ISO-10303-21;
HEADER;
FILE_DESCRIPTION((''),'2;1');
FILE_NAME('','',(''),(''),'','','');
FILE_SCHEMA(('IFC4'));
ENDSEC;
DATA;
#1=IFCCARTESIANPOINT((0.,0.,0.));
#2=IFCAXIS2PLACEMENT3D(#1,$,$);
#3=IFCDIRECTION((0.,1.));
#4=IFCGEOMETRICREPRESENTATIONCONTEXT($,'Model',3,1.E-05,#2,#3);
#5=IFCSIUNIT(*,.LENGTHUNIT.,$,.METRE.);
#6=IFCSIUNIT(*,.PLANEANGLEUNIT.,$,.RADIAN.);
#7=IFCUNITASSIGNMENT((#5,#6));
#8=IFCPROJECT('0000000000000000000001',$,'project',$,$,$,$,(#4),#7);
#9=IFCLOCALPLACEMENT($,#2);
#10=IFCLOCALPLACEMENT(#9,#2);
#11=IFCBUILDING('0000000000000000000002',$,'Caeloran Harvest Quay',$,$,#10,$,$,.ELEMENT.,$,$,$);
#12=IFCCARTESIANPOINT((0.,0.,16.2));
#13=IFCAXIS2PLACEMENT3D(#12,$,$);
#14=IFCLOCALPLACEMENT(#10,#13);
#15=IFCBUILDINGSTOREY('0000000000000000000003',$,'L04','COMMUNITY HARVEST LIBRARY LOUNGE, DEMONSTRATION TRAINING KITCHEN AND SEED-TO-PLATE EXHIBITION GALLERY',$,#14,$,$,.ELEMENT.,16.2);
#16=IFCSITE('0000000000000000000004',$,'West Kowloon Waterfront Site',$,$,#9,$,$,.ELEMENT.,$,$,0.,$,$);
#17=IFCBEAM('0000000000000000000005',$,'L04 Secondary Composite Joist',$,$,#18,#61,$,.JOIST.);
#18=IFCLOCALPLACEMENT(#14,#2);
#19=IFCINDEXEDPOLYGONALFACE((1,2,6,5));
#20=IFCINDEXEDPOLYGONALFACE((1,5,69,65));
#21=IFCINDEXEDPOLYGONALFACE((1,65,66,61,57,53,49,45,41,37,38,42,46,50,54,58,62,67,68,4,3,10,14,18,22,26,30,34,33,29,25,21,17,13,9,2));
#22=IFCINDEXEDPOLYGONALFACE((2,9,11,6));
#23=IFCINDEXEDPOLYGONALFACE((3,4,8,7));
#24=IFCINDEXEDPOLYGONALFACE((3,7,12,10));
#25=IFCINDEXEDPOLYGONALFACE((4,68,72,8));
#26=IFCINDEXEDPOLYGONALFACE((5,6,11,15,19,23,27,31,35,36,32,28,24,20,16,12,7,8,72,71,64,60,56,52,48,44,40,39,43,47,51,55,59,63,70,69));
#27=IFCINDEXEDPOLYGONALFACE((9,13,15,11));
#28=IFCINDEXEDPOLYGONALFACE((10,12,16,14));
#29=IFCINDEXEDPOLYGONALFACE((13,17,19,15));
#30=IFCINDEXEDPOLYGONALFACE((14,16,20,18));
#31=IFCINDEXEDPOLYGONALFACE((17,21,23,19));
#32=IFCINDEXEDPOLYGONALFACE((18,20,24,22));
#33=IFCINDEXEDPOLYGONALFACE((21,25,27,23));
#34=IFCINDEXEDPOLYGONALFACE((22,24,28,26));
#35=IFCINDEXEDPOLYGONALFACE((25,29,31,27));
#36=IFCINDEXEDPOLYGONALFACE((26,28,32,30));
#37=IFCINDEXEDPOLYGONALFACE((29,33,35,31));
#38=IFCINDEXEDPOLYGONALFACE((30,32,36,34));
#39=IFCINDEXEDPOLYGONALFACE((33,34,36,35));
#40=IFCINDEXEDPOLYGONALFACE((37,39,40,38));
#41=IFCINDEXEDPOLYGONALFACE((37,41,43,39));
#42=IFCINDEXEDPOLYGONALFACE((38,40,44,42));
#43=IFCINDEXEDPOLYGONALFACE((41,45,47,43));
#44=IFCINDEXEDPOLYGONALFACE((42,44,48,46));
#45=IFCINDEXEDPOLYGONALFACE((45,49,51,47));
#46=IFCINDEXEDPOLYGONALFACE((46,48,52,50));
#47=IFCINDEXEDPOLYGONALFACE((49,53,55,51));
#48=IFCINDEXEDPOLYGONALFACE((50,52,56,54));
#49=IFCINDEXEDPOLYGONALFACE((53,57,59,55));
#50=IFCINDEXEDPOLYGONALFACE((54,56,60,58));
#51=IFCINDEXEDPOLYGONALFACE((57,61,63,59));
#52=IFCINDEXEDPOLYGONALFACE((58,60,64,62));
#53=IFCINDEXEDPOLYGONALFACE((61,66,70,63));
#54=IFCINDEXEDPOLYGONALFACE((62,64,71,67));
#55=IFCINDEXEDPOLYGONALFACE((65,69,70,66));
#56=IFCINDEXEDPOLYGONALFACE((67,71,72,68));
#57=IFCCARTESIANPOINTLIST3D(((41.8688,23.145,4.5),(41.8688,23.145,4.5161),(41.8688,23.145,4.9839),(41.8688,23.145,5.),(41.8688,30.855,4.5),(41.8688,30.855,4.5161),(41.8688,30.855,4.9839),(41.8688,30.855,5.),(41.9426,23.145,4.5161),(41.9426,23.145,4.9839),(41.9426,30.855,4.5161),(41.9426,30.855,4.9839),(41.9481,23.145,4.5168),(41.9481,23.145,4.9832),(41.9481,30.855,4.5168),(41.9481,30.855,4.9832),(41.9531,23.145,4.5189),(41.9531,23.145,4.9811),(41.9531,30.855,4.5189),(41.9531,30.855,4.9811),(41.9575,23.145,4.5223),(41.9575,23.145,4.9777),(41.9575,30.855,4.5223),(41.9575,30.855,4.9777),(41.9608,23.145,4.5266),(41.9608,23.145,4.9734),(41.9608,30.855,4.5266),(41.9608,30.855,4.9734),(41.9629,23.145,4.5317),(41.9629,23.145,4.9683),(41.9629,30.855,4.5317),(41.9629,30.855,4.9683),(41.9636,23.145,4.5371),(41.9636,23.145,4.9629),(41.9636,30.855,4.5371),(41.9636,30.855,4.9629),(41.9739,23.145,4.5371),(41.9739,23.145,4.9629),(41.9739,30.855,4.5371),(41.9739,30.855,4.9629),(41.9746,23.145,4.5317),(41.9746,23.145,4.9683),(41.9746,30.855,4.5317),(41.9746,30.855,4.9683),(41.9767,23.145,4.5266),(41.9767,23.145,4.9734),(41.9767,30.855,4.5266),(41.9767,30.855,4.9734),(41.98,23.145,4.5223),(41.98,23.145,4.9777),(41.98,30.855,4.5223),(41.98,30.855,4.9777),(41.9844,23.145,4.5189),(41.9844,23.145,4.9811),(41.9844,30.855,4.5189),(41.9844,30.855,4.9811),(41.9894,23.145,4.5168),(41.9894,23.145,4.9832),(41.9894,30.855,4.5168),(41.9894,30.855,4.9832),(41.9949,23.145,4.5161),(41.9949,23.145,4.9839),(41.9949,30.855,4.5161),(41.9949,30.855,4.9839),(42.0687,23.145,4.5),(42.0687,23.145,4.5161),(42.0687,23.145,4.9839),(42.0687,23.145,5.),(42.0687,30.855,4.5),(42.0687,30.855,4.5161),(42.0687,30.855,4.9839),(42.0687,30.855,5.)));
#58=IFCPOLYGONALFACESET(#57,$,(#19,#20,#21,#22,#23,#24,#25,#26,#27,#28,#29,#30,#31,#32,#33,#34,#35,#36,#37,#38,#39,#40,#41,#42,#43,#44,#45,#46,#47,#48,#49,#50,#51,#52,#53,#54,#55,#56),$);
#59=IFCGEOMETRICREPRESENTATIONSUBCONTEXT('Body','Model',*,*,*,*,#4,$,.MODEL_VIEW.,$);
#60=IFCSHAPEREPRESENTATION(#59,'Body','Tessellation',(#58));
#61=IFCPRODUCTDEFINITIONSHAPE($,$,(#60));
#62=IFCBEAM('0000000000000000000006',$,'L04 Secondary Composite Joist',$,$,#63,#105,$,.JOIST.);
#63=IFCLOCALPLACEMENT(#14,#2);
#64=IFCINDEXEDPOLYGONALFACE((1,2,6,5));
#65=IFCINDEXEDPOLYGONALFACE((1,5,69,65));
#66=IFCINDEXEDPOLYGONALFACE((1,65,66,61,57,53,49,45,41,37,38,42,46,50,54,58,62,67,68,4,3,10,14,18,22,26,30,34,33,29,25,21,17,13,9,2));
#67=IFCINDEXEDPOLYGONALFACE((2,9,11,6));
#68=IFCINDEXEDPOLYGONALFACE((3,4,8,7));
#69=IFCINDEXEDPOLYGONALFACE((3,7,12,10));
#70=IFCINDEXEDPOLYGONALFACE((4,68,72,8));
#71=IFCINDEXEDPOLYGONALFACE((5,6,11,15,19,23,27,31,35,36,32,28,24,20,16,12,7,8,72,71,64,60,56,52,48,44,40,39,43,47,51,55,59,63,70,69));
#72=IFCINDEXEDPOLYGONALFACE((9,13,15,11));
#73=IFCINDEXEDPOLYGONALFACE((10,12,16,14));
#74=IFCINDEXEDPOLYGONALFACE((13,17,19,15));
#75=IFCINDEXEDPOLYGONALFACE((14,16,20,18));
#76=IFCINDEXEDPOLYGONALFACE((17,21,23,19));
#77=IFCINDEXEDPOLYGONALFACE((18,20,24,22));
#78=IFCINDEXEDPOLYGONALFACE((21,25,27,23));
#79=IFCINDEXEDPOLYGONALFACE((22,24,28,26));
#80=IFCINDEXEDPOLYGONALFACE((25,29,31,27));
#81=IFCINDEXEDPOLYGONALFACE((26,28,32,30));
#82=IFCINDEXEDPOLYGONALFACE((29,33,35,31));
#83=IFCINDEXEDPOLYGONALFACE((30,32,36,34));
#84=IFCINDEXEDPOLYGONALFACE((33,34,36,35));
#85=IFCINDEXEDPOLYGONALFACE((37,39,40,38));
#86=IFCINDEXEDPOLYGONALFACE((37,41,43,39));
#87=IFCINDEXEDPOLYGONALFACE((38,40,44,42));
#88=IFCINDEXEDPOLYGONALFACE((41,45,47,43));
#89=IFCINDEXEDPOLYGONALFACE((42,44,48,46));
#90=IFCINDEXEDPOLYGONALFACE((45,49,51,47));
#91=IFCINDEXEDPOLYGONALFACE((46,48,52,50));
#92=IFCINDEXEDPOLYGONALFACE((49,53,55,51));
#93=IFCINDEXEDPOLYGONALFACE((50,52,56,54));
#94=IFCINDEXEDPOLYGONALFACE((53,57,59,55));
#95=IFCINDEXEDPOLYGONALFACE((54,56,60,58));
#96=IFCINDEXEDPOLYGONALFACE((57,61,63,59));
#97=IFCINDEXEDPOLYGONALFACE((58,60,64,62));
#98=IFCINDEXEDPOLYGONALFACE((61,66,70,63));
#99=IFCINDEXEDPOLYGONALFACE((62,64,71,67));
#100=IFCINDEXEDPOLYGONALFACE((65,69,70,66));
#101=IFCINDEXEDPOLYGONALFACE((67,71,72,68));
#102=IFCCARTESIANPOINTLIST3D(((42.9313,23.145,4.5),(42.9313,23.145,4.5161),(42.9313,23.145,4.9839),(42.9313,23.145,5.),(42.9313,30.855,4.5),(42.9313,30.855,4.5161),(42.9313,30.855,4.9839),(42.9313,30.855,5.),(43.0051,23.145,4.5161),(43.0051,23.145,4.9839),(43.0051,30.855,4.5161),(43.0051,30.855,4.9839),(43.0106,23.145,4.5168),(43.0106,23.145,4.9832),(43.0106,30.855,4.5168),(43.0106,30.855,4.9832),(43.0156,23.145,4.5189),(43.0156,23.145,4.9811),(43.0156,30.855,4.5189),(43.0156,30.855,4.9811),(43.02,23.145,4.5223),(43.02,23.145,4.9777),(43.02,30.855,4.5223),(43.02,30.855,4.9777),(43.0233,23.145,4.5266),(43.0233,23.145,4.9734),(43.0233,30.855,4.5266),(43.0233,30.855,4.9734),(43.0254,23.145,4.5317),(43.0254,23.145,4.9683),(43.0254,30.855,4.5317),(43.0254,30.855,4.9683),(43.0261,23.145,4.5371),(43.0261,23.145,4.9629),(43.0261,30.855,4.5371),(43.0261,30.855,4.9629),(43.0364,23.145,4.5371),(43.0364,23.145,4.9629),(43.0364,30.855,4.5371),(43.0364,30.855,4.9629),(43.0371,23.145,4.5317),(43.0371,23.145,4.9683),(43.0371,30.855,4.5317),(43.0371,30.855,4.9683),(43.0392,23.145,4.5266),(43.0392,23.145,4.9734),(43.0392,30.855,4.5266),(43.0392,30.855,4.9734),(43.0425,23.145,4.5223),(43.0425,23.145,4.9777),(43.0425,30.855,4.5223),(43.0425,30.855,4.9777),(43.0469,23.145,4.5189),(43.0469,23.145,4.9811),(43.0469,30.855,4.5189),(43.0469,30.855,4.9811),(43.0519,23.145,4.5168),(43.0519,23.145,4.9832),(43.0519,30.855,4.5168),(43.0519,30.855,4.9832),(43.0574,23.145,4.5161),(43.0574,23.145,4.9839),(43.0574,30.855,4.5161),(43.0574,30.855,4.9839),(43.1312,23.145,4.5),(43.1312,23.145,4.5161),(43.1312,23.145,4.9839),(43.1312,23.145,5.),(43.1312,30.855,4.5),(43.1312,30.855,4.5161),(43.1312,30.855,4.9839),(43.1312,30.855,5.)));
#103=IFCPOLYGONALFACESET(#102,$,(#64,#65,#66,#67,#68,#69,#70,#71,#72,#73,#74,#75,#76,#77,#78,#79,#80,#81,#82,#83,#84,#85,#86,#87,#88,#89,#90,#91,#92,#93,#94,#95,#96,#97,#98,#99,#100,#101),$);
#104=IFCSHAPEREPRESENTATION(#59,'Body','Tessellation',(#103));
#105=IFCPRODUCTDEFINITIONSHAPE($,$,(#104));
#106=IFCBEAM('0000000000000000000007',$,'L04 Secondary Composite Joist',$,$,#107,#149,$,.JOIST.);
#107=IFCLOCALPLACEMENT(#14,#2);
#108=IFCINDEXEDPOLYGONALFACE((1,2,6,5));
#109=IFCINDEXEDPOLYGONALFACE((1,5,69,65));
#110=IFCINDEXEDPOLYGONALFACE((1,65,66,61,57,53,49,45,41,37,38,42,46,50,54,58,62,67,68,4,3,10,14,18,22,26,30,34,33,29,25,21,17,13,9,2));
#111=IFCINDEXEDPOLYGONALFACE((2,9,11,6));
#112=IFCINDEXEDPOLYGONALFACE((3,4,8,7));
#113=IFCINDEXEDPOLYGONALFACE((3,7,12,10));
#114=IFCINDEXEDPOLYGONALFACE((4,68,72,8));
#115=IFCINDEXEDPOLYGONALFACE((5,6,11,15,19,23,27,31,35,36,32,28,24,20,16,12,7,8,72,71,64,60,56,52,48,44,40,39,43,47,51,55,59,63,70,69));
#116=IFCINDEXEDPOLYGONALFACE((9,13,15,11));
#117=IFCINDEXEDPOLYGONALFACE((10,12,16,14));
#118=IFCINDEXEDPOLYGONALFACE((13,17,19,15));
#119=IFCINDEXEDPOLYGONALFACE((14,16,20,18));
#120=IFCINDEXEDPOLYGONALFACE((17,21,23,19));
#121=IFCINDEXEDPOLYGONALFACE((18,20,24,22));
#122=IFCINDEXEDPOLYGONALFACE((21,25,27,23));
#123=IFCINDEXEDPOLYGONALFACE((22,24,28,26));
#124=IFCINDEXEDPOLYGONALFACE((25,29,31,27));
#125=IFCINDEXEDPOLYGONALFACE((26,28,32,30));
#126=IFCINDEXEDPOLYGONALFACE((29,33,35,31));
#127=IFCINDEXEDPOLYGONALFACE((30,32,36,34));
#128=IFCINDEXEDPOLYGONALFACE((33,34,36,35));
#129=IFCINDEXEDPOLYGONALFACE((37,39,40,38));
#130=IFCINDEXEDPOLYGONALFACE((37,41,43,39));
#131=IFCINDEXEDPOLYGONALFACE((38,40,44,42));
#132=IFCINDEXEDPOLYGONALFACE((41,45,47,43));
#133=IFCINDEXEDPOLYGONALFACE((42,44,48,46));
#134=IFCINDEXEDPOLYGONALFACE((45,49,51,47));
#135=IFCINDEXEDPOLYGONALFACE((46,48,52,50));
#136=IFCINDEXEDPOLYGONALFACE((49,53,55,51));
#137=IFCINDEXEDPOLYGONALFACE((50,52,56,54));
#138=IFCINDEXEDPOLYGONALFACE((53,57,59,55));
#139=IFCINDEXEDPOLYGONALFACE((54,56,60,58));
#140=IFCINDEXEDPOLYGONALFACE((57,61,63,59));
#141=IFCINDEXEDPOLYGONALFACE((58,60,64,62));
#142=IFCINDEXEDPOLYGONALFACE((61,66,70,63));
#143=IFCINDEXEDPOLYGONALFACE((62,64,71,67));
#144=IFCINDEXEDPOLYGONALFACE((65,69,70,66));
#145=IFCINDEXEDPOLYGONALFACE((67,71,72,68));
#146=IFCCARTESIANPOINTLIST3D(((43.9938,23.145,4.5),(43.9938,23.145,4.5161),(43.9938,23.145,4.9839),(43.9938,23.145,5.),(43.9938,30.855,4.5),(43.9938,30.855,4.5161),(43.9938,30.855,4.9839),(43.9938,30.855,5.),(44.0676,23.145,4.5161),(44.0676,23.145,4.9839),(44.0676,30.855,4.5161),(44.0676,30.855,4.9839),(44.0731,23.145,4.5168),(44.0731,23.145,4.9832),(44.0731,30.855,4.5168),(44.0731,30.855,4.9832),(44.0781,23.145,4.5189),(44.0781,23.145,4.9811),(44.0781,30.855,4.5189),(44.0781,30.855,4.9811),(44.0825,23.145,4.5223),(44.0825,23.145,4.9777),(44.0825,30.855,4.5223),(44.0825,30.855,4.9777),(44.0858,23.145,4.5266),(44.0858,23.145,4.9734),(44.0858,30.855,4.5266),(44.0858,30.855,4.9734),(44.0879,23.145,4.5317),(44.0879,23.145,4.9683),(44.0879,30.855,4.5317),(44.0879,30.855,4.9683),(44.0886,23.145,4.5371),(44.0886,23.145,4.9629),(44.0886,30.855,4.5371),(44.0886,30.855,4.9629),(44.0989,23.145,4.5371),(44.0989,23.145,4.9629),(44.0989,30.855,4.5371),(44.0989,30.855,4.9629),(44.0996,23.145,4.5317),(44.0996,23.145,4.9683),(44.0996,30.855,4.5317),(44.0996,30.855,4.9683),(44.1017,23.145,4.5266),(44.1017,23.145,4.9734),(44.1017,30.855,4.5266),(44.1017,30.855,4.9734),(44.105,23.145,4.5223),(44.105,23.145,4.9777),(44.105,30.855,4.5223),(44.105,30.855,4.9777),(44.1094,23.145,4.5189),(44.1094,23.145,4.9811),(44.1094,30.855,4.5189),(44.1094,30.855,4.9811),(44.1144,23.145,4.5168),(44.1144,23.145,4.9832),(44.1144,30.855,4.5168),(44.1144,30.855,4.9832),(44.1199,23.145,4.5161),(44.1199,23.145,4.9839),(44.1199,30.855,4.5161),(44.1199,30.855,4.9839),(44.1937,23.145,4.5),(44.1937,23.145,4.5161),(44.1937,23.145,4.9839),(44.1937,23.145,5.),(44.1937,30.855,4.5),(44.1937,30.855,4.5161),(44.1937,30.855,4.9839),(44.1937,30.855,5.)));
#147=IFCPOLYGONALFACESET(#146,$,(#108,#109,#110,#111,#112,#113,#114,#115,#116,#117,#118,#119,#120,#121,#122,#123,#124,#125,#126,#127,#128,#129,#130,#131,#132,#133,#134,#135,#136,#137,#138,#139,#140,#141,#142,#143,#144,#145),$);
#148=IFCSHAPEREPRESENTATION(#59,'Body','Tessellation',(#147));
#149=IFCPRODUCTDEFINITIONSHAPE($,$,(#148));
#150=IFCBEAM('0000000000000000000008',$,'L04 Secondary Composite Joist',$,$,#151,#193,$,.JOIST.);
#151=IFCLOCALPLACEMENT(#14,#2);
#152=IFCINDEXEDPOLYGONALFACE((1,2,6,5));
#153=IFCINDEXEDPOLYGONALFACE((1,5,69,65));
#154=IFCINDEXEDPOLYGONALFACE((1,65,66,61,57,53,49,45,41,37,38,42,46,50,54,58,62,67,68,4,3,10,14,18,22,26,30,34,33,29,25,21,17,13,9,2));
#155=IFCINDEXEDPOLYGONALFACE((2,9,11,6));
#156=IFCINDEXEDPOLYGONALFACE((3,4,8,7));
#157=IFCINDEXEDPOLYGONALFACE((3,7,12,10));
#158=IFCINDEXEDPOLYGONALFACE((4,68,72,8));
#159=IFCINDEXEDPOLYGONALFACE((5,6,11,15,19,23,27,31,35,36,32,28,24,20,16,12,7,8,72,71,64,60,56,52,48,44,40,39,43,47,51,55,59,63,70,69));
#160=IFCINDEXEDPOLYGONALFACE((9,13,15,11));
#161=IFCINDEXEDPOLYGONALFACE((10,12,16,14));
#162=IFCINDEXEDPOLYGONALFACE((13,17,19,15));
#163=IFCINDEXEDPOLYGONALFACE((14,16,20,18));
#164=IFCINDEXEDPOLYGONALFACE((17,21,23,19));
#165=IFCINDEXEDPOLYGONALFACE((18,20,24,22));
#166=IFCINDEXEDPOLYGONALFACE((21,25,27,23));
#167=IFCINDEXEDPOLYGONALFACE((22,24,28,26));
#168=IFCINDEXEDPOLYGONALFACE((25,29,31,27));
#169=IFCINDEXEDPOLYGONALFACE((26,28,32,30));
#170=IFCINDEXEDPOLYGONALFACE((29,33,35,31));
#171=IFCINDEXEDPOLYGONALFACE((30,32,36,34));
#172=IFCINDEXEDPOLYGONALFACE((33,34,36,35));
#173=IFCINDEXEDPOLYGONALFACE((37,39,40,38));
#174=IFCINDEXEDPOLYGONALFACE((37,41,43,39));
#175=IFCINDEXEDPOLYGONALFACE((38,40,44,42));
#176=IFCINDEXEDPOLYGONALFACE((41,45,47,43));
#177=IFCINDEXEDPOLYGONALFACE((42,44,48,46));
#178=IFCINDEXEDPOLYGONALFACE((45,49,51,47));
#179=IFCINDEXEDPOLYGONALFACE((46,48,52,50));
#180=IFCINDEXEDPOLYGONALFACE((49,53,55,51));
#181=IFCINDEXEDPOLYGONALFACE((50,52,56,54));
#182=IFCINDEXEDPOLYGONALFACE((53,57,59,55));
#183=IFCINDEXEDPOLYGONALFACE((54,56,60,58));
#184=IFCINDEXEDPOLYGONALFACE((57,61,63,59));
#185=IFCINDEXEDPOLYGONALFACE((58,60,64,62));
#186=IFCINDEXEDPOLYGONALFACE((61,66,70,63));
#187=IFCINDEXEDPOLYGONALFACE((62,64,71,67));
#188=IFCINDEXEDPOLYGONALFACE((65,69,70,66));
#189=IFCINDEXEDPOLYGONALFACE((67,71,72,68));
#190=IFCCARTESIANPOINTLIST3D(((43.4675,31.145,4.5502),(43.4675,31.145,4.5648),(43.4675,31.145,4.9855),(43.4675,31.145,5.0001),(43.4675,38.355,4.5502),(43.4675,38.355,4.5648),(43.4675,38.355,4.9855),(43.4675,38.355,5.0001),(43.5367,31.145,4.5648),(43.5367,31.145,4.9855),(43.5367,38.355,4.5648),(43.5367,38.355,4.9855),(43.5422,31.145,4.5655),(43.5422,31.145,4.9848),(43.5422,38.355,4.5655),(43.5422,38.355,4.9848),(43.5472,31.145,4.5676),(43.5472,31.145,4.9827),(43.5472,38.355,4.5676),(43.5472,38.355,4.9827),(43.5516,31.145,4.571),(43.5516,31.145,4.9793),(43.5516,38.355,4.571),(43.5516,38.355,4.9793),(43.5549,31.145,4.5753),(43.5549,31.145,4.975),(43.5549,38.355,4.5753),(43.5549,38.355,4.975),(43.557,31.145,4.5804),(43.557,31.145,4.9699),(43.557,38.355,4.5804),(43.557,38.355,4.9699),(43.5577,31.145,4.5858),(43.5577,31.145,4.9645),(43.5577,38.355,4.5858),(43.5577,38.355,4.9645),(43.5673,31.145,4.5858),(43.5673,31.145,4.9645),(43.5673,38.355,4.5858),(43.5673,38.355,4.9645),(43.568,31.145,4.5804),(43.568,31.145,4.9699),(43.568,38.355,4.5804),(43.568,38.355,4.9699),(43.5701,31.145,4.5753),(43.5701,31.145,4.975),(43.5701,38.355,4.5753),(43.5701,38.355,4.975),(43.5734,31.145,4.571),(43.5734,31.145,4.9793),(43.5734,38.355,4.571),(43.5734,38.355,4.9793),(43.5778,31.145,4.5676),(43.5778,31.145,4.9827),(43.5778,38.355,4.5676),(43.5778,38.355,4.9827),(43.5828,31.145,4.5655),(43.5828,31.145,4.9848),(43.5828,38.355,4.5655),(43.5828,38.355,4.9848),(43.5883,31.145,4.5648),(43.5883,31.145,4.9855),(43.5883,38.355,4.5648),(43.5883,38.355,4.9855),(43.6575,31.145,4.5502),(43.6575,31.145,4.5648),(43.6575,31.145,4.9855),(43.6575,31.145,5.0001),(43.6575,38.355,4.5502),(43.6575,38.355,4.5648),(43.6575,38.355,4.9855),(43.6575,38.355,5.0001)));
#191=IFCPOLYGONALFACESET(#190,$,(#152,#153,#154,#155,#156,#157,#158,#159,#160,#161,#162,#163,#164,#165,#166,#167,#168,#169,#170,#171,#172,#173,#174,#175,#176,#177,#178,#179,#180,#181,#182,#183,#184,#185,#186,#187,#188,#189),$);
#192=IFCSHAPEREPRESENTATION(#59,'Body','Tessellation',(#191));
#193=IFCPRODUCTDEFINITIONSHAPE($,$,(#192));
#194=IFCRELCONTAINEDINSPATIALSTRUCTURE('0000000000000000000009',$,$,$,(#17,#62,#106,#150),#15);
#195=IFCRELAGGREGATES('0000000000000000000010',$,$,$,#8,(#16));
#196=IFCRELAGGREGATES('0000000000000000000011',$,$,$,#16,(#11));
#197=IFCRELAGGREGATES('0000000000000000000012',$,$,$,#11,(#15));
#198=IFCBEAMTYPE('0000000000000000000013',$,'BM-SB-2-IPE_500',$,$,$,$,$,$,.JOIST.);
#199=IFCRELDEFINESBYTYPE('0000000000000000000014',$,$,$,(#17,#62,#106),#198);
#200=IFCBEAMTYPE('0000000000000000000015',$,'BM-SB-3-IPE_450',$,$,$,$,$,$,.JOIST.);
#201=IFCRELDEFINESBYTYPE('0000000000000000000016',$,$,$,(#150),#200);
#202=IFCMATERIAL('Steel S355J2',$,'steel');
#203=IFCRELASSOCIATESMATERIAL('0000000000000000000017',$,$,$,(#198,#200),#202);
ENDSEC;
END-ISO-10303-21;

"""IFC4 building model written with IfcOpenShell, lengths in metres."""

from ifc_helpers import new_model, si_unit, direction, frame, origin, origin_2d, place, context, subcontext, project, spatial, i_section, extrude, material, material_profile, profile_set, type_object, element, save


model = new_model("IFC4")

# Units and contexts
model_context = context("Model", 3, precision=1e-05, world=origin(), true_north=direction((0.0, 1.0)))
body_context = subcontext(model_context, "Body", "Model", "MODEL_VIEW")
ifc_project = project(units=[si_unit("LENGTHUNIT", "METRE"), si_unit("PLANEANGLEUNIT", "RADIAN")], contexts=[model_context])

# Site, building, storey
site_placement = place(None, origin())
site = spatial("IfcSite", under=ifc_project, at=site_placement, Name="West Kowloon Waterfront Site", CompositionType="ELEMENT", RefElevation=0.0)
building_placement = place(site_placement, origin())
building = spatial("IfcBuilding", under=site, at=building_placement, Name="Caeloran Harvest Quay", CompositionType="ELEMENT")
storey_placement = place(building_placement, frame((0.0, 0.0, 16.2)))
storey = spatial("IfcBuildingStorey", under=building, at=storey_placement, Name="L04", Description="COMMUNITY HARVEST LIBRARY LOUNGE, DEMONSTRATION TRAINING KITCHEN AND SEED-TO-PLATE EXHIBITION GALLERY", CompositionType="ELEMENT", Elevation=16.2)

# Beams
ifc_material_1 = material(Name="Steel S355J2", Category="steel")
ifc_material_profile_1 = material_profile(ifc_material_1, i_section(OverallWidth=0.2, OverallDepth=0.5, WebThickness=0.0103, FlangeThickness=0.0161, FilletRadius=0.021, at=origin_2d()), Name="IPE 500")
ifc_profile_set_1 = profile_set([ifc_material_profile_1], Name="Steel S355J2")
beam_type_1 = type_object("IfcBeamType", Name="BM-SB-2-IPE_500", PredefinedType="JOIST", material=ifc_profile_set_1)
for number, where, z_axis, x_axis, name in (
    (1, (41.9688, 23.145, 4.75), (0.0, 1.0, 0.0), (-1.0, 0.0, 0.0), "L04 Secondary Composite Joist"),
    (2, (43.0312, 23.145, 4.75), (0.0, 1.0, 0.0), (-1.0, 0.0, 0.0), "L04 Secondary Composite Joist"),
    (3, (44.0938, 23.145, 4.75), (0.0, 1.0, 0.0), (-1.0, 0.0, 0.0), "L04 Secondary Composite Joist"),
):
    element("IfcBeam", number, at=place(storey_placement, frame(where, z_axis=z_axis, x_axis=x_axis)), inside=storey, type_object=beam_type_1, Name=name, PredefinedType="JOIST", context=body_context, shape_type="SweptSolid", body=[
        extrude(i_section(OverallWidth=0.2, OverallDepth=0.5, WebThickness=0.0103, FlangeThickness=0.0161, FilletRadius=0.021, at=origin_2d()), origin(), (0.0, 0.0, 1.0), 7.71),
    ])
ifc_material_profile_2 = material_profile(ifc_material_1, i_section(OverallWidth=0.1899, OverallDepth=0.45, WebThickness=0.0095, FlangeThickness=0.0146, FilletRadius=0.021, at=origin_2d()), Name="IPE 450")
ifc_profile_set_2 = profile_set([ifc_material_profile_2], Name="Steel S355J2")
beam_type_2 = type_object("IfcBeamType", Name="BM-SB-3-IPE_450", PredefinedType="JOIST", material=ifc_profile_set_2)
beam_1_placement = place(storey_placement, frame((43.5625, 31.145, 4.7751), z_axis=(0.0, 1.0, 0.0), x_axis=(-1.0, 0.0, 0.0)))
element("IfcBeam", 4, at=beam_1_placement, inside=storey, type_object=beam_type_2, Name="L04 Secondary Composite Joist", PredefinedType="JOIST", context=body_context, shape_type="SweptSolid", body=[
    extrude(i_section(OverallWidth=0.1899, OverallDepth=0.45, WebThickness=0.0095, FlangeThickness=0.0146, FilletRadius=0.021, at=origin_2d()), origin(), (0.0, 0.0, 1.0), 7.21),
])

save(model, "model.ifc")
